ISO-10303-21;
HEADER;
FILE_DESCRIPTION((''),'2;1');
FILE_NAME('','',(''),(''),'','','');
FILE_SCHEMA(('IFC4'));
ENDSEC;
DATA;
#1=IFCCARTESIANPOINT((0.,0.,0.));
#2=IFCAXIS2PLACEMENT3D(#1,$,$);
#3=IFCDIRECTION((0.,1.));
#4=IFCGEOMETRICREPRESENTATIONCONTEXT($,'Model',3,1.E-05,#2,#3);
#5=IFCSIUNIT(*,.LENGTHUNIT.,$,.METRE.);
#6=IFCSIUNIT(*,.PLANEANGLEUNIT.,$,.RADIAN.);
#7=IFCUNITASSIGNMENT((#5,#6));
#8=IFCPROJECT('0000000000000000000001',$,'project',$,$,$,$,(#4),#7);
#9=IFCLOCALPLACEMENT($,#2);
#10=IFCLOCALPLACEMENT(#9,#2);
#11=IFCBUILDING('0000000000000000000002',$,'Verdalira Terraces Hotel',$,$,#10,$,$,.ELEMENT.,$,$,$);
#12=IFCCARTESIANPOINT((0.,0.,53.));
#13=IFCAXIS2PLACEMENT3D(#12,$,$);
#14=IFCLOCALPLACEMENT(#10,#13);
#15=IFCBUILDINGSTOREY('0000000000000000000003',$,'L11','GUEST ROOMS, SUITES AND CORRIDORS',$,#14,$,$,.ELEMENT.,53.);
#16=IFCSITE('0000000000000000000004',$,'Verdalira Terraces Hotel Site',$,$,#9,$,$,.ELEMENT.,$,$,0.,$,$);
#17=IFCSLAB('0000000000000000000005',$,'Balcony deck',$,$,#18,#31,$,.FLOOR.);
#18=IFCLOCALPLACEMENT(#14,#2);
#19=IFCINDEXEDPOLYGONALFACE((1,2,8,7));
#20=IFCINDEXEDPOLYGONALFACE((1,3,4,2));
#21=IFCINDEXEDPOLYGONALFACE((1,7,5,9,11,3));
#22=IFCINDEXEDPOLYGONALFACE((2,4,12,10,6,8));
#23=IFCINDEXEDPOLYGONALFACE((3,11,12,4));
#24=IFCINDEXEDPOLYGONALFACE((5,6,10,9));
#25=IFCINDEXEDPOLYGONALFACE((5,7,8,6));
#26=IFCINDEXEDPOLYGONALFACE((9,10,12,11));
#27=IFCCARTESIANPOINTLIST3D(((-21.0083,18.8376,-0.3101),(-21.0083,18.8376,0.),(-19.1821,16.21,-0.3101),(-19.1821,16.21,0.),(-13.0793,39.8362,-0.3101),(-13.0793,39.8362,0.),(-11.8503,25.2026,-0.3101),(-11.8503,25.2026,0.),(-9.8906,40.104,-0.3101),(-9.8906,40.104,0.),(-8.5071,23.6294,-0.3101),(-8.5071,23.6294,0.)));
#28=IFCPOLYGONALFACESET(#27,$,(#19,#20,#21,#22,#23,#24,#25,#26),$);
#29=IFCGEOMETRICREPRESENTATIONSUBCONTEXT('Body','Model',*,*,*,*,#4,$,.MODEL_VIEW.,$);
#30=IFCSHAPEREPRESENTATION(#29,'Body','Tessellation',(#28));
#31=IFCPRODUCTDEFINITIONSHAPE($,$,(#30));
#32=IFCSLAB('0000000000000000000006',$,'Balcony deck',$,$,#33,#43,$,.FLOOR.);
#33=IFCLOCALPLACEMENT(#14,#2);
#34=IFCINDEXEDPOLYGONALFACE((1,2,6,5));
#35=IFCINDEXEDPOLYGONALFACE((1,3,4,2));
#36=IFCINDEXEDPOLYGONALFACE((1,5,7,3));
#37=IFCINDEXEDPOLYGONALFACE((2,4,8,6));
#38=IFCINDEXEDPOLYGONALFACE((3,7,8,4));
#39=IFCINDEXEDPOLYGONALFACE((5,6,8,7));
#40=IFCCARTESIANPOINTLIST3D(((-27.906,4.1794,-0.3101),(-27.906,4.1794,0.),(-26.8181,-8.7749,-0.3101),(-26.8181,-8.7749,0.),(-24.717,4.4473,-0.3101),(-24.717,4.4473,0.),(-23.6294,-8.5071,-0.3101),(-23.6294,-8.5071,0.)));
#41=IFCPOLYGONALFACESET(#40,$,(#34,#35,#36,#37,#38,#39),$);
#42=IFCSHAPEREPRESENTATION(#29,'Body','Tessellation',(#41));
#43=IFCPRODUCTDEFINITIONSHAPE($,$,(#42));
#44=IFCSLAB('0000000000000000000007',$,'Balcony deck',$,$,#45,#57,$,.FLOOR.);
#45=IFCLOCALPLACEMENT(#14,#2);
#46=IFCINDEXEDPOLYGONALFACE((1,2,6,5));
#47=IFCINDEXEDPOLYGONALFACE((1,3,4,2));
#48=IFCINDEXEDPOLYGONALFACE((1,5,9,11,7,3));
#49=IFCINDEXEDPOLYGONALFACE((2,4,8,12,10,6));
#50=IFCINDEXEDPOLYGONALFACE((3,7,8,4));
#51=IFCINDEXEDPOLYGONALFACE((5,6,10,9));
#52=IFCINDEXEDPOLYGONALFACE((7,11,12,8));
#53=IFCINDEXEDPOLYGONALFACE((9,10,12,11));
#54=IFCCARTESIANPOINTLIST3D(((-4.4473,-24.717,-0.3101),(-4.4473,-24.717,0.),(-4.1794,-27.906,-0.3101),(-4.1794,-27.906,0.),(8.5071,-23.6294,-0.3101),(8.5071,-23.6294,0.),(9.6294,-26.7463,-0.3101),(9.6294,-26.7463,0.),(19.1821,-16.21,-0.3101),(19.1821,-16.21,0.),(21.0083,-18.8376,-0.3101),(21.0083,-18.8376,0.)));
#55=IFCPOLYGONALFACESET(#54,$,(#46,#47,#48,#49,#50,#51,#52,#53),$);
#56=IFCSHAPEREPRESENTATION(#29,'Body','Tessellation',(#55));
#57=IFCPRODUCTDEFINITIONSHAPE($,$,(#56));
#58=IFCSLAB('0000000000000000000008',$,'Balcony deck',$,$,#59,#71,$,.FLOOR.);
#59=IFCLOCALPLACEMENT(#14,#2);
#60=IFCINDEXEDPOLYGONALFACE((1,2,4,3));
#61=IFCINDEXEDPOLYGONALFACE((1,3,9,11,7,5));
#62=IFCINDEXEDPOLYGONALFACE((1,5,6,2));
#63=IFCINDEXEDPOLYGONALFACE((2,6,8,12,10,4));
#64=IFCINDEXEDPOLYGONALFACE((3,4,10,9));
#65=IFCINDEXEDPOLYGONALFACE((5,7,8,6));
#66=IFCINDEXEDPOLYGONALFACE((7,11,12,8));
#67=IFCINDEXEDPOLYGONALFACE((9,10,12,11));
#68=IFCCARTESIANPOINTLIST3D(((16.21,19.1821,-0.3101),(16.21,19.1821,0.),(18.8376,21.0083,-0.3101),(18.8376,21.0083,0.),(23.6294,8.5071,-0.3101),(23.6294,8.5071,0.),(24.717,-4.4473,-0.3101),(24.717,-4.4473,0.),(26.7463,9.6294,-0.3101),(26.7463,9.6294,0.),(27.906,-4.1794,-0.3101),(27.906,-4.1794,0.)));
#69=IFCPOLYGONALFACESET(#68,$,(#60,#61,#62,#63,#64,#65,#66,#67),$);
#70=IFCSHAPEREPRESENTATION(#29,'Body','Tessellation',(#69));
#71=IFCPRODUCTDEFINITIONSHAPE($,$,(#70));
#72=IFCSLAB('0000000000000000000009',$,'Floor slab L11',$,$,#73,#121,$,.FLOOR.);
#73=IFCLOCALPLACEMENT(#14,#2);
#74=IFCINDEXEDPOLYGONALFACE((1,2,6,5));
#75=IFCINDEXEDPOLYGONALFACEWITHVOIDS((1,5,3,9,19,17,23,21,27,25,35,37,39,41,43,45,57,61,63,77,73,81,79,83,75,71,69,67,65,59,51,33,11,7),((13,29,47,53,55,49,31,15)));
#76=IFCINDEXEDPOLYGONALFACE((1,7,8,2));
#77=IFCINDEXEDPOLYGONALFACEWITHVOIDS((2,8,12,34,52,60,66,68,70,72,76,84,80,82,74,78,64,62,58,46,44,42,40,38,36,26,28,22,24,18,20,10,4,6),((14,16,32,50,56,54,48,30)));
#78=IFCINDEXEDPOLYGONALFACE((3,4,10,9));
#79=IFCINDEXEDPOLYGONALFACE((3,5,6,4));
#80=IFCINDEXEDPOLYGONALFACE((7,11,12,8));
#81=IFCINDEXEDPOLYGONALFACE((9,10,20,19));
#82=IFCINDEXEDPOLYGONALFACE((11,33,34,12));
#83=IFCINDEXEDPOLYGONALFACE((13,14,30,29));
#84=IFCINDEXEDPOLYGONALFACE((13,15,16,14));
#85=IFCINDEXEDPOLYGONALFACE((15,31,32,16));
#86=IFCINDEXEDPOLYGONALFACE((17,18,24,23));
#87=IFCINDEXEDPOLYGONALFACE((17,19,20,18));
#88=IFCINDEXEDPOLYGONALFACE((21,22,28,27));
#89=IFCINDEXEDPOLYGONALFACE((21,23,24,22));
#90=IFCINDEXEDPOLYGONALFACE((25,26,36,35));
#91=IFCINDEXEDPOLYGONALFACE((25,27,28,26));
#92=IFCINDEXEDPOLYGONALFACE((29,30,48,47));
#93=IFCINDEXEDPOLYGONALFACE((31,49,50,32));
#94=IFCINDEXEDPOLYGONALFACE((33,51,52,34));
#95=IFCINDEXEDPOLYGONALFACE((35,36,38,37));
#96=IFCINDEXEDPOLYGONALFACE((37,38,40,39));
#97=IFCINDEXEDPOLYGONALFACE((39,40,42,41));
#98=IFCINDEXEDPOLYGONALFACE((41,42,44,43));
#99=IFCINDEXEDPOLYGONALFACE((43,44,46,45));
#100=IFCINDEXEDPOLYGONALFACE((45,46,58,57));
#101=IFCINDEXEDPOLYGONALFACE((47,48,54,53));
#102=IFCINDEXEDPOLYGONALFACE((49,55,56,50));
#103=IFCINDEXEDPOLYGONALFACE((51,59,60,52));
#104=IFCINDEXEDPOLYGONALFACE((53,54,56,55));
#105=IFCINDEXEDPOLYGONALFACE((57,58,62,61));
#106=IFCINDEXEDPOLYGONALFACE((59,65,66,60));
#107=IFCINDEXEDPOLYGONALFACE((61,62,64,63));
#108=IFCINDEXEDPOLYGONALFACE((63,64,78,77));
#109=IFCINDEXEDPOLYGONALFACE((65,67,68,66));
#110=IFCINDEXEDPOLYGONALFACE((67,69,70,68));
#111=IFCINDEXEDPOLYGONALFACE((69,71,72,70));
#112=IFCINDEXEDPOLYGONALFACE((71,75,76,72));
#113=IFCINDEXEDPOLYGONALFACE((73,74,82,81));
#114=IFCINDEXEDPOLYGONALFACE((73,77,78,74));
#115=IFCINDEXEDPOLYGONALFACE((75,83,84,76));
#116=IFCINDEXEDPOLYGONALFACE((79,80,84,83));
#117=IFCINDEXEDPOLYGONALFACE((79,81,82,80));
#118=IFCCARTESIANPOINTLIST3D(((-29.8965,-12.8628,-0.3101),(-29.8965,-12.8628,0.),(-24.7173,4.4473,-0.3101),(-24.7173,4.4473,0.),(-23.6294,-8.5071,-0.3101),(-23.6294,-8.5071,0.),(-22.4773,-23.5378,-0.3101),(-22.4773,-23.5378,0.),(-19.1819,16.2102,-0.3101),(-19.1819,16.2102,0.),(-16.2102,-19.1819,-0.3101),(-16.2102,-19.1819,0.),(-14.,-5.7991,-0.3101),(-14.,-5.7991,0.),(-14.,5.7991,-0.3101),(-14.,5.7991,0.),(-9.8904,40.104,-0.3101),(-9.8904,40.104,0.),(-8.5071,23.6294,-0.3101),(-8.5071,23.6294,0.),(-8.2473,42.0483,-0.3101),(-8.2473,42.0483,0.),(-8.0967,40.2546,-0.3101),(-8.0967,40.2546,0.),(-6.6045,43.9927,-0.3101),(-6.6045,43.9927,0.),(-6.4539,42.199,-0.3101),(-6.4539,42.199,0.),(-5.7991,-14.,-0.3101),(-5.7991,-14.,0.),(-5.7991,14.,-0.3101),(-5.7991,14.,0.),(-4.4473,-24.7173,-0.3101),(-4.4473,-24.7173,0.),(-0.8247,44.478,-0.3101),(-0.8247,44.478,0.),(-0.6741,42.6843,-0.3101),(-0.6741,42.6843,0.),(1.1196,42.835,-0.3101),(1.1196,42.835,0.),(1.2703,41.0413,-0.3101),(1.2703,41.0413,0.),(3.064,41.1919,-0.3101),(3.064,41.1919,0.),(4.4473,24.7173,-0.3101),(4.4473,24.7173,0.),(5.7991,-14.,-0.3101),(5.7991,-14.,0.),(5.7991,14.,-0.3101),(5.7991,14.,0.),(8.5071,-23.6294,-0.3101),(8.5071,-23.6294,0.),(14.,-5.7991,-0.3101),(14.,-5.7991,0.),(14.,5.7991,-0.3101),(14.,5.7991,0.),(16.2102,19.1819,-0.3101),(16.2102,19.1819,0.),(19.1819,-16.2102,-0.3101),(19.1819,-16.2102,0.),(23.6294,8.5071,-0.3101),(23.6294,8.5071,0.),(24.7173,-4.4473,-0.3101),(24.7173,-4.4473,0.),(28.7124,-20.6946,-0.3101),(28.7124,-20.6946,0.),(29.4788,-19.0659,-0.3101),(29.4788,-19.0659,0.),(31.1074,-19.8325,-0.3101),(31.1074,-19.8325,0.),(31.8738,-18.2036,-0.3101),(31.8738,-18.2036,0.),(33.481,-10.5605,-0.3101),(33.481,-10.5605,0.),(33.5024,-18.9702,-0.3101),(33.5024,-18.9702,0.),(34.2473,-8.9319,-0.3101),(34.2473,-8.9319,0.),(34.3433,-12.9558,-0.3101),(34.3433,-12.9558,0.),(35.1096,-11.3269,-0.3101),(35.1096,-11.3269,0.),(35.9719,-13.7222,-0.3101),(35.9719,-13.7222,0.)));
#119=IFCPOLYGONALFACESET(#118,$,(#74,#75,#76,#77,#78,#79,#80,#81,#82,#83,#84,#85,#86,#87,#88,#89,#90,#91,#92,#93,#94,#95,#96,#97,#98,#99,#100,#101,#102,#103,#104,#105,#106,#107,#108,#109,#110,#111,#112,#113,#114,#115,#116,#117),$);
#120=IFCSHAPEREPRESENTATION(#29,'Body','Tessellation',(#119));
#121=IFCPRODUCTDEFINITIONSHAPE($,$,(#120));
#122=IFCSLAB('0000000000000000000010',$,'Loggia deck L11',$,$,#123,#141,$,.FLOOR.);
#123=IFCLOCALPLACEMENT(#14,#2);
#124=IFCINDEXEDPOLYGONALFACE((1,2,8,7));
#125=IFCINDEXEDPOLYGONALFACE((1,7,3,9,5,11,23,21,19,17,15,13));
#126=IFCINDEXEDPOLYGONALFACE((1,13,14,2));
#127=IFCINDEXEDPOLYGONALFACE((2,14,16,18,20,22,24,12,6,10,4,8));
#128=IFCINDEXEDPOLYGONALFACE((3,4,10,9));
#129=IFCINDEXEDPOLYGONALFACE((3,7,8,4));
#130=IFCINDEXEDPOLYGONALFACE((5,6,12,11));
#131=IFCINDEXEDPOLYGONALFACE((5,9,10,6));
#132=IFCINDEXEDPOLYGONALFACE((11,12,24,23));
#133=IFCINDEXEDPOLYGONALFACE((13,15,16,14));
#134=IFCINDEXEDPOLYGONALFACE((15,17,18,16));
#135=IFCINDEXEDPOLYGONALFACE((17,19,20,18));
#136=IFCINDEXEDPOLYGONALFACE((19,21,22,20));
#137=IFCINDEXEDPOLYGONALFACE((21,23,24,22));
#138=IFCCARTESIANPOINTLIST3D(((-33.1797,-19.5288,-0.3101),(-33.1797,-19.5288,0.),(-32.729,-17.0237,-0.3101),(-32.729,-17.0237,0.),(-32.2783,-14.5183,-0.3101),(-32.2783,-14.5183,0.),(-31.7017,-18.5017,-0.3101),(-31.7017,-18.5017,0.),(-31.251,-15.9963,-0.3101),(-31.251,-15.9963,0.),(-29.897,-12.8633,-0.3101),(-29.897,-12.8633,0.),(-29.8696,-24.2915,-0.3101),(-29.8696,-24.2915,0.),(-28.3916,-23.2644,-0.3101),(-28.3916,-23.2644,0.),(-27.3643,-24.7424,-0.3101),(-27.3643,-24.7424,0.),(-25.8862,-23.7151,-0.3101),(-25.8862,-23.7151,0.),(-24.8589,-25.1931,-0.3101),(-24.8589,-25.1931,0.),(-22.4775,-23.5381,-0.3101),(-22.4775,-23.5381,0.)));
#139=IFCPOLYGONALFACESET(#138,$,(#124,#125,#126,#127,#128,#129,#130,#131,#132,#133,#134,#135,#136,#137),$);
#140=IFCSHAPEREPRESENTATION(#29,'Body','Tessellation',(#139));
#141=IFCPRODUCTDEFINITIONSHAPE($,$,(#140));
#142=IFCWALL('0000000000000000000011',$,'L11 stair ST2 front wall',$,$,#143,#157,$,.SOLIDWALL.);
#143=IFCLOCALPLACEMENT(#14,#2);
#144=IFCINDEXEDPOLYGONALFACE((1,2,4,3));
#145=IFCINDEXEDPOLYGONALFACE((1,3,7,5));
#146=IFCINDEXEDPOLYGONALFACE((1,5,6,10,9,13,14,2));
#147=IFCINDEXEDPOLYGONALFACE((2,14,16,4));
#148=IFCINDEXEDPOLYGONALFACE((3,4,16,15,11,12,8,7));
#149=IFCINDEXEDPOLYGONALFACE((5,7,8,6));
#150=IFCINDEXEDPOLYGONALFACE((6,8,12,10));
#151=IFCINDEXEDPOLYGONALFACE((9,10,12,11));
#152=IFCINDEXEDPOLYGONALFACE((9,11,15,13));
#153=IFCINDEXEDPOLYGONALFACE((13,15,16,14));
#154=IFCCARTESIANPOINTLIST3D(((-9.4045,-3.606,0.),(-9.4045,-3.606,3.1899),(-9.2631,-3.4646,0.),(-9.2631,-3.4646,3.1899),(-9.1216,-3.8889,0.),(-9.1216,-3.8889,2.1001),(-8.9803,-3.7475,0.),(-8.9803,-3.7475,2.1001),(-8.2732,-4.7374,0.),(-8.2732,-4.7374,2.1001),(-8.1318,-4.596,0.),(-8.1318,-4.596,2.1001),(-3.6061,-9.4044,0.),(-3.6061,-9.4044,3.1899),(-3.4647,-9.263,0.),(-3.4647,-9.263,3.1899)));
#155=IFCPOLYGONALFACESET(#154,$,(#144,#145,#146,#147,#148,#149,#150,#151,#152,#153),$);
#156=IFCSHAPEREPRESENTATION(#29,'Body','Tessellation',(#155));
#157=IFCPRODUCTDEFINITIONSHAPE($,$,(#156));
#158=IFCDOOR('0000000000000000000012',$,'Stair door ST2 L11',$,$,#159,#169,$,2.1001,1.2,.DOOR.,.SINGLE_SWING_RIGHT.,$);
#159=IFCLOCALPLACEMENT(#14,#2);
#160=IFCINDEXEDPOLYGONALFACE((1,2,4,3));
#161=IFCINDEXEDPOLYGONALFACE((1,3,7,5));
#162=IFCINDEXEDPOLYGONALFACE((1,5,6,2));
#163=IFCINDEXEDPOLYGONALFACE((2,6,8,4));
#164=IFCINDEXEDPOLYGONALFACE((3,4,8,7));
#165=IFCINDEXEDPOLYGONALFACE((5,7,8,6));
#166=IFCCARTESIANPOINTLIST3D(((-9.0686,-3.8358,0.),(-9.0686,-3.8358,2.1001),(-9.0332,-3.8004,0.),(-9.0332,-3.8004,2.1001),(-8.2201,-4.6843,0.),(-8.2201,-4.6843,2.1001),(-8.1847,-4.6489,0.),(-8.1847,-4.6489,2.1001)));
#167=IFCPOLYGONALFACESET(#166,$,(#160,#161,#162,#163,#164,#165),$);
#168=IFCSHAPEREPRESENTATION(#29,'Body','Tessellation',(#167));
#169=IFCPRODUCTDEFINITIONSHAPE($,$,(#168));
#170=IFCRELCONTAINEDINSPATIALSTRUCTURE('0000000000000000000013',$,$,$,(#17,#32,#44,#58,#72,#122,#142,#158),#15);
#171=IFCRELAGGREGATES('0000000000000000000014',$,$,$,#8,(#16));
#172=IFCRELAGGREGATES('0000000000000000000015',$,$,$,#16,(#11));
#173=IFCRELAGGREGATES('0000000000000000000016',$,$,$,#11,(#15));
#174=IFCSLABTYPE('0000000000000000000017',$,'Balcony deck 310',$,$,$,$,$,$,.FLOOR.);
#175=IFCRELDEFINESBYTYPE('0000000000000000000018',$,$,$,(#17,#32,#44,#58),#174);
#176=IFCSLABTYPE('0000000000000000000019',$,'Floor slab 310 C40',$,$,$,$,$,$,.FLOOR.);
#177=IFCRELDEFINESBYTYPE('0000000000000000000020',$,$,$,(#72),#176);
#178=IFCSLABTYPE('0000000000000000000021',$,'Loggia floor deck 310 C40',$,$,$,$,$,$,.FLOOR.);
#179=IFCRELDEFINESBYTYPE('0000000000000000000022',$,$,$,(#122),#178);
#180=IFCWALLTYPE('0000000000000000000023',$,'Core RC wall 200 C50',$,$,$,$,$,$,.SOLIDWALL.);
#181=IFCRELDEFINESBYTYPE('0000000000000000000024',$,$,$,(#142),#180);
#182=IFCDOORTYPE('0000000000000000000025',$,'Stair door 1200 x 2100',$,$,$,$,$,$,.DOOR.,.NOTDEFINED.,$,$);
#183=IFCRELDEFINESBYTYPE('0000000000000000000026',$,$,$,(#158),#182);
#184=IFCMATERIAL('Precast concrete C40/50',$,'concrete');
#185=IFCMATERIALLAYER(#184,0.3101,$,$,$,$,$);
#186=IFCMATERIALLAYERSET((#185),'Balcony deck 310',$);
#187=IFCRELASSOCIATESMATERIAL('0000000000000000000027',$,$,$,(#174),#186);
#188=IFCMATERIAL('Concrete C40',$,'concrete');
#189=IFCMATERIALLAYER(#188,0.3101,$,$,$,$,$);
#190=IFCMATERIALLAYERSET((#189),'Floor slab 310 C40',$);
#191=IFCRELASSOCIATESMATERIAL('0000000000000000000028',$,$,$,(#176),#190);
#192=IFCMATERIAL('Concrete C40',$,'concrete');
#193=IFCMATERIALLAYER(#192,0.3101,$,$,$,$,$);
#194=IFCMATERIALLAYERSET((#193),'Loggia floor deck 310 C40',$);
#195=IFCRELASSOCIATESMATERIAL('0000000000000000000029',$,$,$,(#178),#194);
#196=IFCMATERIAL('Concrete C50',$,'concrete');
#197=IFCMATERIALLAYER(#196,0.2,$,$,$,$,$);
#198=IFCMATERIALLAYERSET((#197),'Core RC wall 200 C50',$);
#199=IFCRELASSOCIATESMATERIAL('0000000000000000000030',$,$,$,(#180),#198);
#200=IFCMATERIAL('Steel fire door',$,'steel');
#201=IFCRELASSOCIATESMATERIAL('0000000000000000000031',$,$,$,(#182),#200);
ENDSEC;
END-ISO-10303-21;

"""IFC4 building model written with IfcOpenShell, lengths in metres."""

from ifc_helpers import new_model, si_unit, direction, frame, frame_2d, origin, place, context, subcontext, project, spatial, polyline, rectangle, outline, extrude, material, layer, layer_set, type_object, element, fill, save


model = new_model("IFC4")

# Units and contexts
model_context = context("Model", 3, precision=1e-05, world=origin(), true_north=direction((0.0, 1.0)))
body_context = subcontext(model_context, "Body", "Model", "MODEL_VIEW")
ifc_project = project(units=[si_unit("LENGTHUNIT", "METRE"), si_unit("PLANEANGLEUNIT", "RADIAN")], contexts=[model_context])

# Site, building, storey
site_placement = place(None, origin())
site = spatial("IfcSite", under=ifc_project, at=site_placement, Name="Verdalira Terraces Hotel Site", CompositionType="ELEMENT", RefElevation=0.0)
building_placement = place(site_placement, origin())
building = spatial("IfcBuilding", under=site, at=building_placement, Name="Verdalira Terraces Hotel", CompositionType="ELEMENT")
storey_placement = place(building_placement, frame((0.0, 0.0, 53.0)))
storey = spatial("IfcBuildingStorey", under=building, at=storey_placement, Name="L11", Description="GUEST ROOMS, SUITES AND CORRIDORS", CompositionType="ELEMENT", Elevation=53.0)

# Slabs
ifc_material_1 = material(Name="Precast concrete C40/50", Category="concrete")
ifc_layer_1 = layer(ifc_material_1, 0.3101)
ifc_layer_set_1 = layer_set([ifc_layer_1], Name="Balcony deck 310")
slab_type_1 = type_object("IfcSlabType", Name="Balcony deck 310", PredefinedType="FLOOR", material=ifc_layer_set_1)
slab_1_placement = place(storey_placement, frame((0.0, 0.0, -0.3101)))
element("IfcSlab", 1, at=slab_1_placement, inside=storey, type_object=slab_type_1, Name="Balcony deck", PredefinedType="FLOOR", context=body_context, shape_type="SweptSolid", body=[
    extrude(outline(polyline([(-11.8503, 25.2026), (-21.0083, 18.8376), (-19.1821, 16.21), (-8.5071, 23.6294), (-9.8906, 40.104), (-13.0793, 39.8362), (-11.8503, 25.2026)])), origin(), (0.0, 0.0, 1.0), 0.3101),
])
slab_2_placement = place(storey_placement, frame((0.0, 0.0, -0.3101)))
element("IfcSlab", 2, at=slab_2_placement, inside=storey, type_object=slab_type_1, Name="Balcony deck", PredefinedType="FLOOR", context=body_context, shape_type="SweptSolid", body=[
    extrude(outline(polyline([(-26.8181, -8.7749), (-23.6294, -8.5071), (-24.717, 4.4473), (-27.906, 4.1794), (-26.8181, -8.7749)])), origin(), (0.0, 0.0, 1.0), 0.3101),
])
slab_3_placement = place(storey_placement, frame((0.0, 0.0, -0.3101)))
element("IfcSlab", 3, at=slab_3_placement, inside=storey, type_object=slab_type_1, Name="Balcony deck", PredefinedType="FLOOR", context=body_context, shape_type="SweptSolid", body=[
    extrude(outline(polyline([(21.0083, -18.8376), (19.1821, -16.21), (8.5071, -23.6294), (-4.4473, -24.717), (-4.1794, -27.906), (9.6294, -26.7463), (21.0083, -18.8376)])), origin(), (0.0, 0.0, 1.0), 0.3101),
])
slab_4_placement = place(storey_placement, frame((0.0, 0.0, -0.3101)))
element("IfcSlab", 4, at=slab_4_placement, inside=storey, type_object=slab_type_1, Name="Balcony deck", PredefinedType="FLOOR", context=body_context, shape_type="SweptSolid", body=[
    extrude(outline(polyline([(18.8376, 21.0083), (16.21, 19.1821), (23.6294, 8.5071), (24.717, -4.4473), (27.906, -4.1794), (26.7463, 9.6294), (18.8376, 21.0083)])), origin(), (0.0, 0.0, 1.0), 0.3101),
])
ifc_material_2 = material(Name="Concrete C40", Category="concrete")
ifc_layer_2 = layer(ifc_material_2, 0.3101)
ifc_layer_set_2 = layer_set([ifc_layer_2], Name="Floor slab 310 C40")
slab_type_2 = type_object("IfcSlabType", Name="Floor slab 310 C40", PredefinedType="FLOOR", material=ifc_layer_set_2)
slab_5_placement = place(storey_placement, frame((0.0, 0.0, -0.3101)))
element("IfcSlab", 5, at=slab_5_placement, inside=storey, type_object=slab_type_2, Name="Floor slab L11", PredefinedType="FLOOR", context=body_context, shape_type="SweptSolid", body=[
    extrude(outline(polyline([(-24.7173, 4.4473), (-23.6294, -8.5071), (-29.8965, -12.8628), (-22.4773, -23.5378), (-16.2102, -19.1819), (-4.4473, -24.7173), (8.5071, -23.6294), (19.1819, -16.2102), (28.7124, -20.6946), (29.4788, -19.0659), (31.1074, -19.8325), (31.8738, -18.2036), (33.5024, -18.9702), (35.9719, -13.7222), (34.3433, -12.9558), (35.1096, -11.3269), (33.481, -10.5605), (34.2473, -8.9319), (24.7173, -4.4473), (23.6294, 8.5071), (16.2102, 19.1819), (4.4473, 24.7173), (3.064, 41.1919), (1.2703, 41.0413), (1.1196, 42.835), (-0.6741, 42.6843), (-0.8247, 44.478), (-6.6045, 43.9927), (-6.4539, 42.199), (-8.2473, 42.0483), (-8.0967, 40.2546), (-9.8904, 40.104), (-8.5071, 23.6294), (-19.1819, 16.2102), (-24.7173, 4.4473)]), holes=[polyline([(5.7991, 14.0), (14.0, 5.7991), (14.0, -5.7991), (5.7991, -14.0), (-5.7991, -14.0), (-14.0, -5.7991), (-14.0, 5.7991), (-5.7991, 14.0), (5.7991, 14.0)])]), origin(), (0.0, 0.0, 1.0), 0.3101),
])
ifc_material_3 = material(Name="Concrete C40", Category="concrete")
ifc_layer_3 = layer(ifc_material_3, 0.3101)
ifc_layer_set_3 = layer_set([ifc_layer_3], Name="Loggia floor deck 310 C40")
slab_type_3 = type_object("IfcSlabType", Name="Loggia floor deck 310 C40", PredefinedType="FLOOR", material=ifc_layer_set_3)
slab_6_placement = place(storey_placement, frame((0.0, 0.0, -0.3101)))
element("IfcSlab", 6, at=slab_6_placement, inside=storey, type_object=slab_type_3, Name="Loggia deck L11", PredefinedType="FLOOR", context=body_context, shape_type="SweptSolid", body=[
    extrude(outline(polyline([(-24.8589, -25.1931), (-22.4775, -23.5381), (-29.897, -12.8633), (-32.2783, -14.5183), (-31.251, -15.9963), (-32.729, -17.0237), (-31.7017, -18.5017), (-33.1797, -19.5288), (-29.8696, -24.2915), (-28.3916, -23.2644), (-27.3643, -24.7424), (-25.8862, -23.7151), (-24.8589, -25.1931)])), origin(), (0.0, 0.0, 1.0), 0.3101),
])

# Wall, opening, door
ifc_material_4 = material(Name="Concrete C50", Category="concrete")
ifc_layer_4 = layer(ifc_material_4, 0.2)
ifc_layer_set_4 = layer_set([ifc_layer_4], Name="Core RC wall 200 C50")
wall_type_1 = type_object("IfcWallType", Name="Core RC wall 200 C50", PredefinedType="SOLIDWALL", material=ifc_layer_set_4)
wall_1_placement = place(storey_placement, frame((-3.5354, -9.3337, 0.0), z_axis=(0.0, 0.0, 1.0), x_axis=(-0.707107, 0.707107, 0.0)))
wall_1 = element("IfcWall", 7, at=wall_1_placement, inside=storey, type_object=wall_type_1, Name="L11 stair ST2 front wall", PredefinedType="SOLIDWALL", context=body_context, shape_type="SweptSolid", body=[
    extrude(rectangle(XDim=8.2002, YDim=0.2, at=frame_2d((4.1001, 0.0))), origin(), (0.0, 0.0, 1.0), 3.1899),
])
opening_1_placement = place(wall_1_placement, frame((6.6001, 0.0, 0.0)))
opening_1 = element("IfcOpeningElement", 8, at=opening_1_placement, cuts=wall_1, PredefinedType="OPENING", context=body_context, shape_type="SweptSolid", body=[
    extrude(rectangle(XDim=1.2, YDim=2.1001, at=frame_2d((0.6001, 1.05))), frame((0.0, 0.1099, 0.0), z_axis=(0.0, -1.0, 0.0), x_axis=(1.0, 0.0, 0.0)), (0.0, 0.0, 1.0), 0.22),
])
ifc_material_5 = material(Name="Steel fire door", Category="steel")
door_type_1 = type_object("IfcDoorType", Name="Stair door 1200 x 2100", OperationType="NOTDEFINED", PredefinedType="DOOR", material=ifc_material_5)
door_1_placement = place(opening_1_placement, origin())
door_1 = element("IfcDoor", 9, at=door_1_placement, inside=storey, type_object=door_type_1, Name="Stair door ST2 L11", OperationType="SINGLE_SWING_RIGHT", OverallHeight=2.1001, OverallWidth=1.2, PredefinedType="DOOR", context=body_context, shape_type="SweptSolid", body=[
    extrude(rectangle(XDim=1.2, YDim=2.1001, at=frame_2d((0.6001, 1.05))), frame((0.0, 0.0249, 0.0), z_axis=(0.0, -1.0, 0.0), x_axis=(1.0, 0.0, 0.0)), (0.0, 0.0, 1.0), 0.05),
])
fill(opening_1, door_1)

save(model, "model.ifc")
